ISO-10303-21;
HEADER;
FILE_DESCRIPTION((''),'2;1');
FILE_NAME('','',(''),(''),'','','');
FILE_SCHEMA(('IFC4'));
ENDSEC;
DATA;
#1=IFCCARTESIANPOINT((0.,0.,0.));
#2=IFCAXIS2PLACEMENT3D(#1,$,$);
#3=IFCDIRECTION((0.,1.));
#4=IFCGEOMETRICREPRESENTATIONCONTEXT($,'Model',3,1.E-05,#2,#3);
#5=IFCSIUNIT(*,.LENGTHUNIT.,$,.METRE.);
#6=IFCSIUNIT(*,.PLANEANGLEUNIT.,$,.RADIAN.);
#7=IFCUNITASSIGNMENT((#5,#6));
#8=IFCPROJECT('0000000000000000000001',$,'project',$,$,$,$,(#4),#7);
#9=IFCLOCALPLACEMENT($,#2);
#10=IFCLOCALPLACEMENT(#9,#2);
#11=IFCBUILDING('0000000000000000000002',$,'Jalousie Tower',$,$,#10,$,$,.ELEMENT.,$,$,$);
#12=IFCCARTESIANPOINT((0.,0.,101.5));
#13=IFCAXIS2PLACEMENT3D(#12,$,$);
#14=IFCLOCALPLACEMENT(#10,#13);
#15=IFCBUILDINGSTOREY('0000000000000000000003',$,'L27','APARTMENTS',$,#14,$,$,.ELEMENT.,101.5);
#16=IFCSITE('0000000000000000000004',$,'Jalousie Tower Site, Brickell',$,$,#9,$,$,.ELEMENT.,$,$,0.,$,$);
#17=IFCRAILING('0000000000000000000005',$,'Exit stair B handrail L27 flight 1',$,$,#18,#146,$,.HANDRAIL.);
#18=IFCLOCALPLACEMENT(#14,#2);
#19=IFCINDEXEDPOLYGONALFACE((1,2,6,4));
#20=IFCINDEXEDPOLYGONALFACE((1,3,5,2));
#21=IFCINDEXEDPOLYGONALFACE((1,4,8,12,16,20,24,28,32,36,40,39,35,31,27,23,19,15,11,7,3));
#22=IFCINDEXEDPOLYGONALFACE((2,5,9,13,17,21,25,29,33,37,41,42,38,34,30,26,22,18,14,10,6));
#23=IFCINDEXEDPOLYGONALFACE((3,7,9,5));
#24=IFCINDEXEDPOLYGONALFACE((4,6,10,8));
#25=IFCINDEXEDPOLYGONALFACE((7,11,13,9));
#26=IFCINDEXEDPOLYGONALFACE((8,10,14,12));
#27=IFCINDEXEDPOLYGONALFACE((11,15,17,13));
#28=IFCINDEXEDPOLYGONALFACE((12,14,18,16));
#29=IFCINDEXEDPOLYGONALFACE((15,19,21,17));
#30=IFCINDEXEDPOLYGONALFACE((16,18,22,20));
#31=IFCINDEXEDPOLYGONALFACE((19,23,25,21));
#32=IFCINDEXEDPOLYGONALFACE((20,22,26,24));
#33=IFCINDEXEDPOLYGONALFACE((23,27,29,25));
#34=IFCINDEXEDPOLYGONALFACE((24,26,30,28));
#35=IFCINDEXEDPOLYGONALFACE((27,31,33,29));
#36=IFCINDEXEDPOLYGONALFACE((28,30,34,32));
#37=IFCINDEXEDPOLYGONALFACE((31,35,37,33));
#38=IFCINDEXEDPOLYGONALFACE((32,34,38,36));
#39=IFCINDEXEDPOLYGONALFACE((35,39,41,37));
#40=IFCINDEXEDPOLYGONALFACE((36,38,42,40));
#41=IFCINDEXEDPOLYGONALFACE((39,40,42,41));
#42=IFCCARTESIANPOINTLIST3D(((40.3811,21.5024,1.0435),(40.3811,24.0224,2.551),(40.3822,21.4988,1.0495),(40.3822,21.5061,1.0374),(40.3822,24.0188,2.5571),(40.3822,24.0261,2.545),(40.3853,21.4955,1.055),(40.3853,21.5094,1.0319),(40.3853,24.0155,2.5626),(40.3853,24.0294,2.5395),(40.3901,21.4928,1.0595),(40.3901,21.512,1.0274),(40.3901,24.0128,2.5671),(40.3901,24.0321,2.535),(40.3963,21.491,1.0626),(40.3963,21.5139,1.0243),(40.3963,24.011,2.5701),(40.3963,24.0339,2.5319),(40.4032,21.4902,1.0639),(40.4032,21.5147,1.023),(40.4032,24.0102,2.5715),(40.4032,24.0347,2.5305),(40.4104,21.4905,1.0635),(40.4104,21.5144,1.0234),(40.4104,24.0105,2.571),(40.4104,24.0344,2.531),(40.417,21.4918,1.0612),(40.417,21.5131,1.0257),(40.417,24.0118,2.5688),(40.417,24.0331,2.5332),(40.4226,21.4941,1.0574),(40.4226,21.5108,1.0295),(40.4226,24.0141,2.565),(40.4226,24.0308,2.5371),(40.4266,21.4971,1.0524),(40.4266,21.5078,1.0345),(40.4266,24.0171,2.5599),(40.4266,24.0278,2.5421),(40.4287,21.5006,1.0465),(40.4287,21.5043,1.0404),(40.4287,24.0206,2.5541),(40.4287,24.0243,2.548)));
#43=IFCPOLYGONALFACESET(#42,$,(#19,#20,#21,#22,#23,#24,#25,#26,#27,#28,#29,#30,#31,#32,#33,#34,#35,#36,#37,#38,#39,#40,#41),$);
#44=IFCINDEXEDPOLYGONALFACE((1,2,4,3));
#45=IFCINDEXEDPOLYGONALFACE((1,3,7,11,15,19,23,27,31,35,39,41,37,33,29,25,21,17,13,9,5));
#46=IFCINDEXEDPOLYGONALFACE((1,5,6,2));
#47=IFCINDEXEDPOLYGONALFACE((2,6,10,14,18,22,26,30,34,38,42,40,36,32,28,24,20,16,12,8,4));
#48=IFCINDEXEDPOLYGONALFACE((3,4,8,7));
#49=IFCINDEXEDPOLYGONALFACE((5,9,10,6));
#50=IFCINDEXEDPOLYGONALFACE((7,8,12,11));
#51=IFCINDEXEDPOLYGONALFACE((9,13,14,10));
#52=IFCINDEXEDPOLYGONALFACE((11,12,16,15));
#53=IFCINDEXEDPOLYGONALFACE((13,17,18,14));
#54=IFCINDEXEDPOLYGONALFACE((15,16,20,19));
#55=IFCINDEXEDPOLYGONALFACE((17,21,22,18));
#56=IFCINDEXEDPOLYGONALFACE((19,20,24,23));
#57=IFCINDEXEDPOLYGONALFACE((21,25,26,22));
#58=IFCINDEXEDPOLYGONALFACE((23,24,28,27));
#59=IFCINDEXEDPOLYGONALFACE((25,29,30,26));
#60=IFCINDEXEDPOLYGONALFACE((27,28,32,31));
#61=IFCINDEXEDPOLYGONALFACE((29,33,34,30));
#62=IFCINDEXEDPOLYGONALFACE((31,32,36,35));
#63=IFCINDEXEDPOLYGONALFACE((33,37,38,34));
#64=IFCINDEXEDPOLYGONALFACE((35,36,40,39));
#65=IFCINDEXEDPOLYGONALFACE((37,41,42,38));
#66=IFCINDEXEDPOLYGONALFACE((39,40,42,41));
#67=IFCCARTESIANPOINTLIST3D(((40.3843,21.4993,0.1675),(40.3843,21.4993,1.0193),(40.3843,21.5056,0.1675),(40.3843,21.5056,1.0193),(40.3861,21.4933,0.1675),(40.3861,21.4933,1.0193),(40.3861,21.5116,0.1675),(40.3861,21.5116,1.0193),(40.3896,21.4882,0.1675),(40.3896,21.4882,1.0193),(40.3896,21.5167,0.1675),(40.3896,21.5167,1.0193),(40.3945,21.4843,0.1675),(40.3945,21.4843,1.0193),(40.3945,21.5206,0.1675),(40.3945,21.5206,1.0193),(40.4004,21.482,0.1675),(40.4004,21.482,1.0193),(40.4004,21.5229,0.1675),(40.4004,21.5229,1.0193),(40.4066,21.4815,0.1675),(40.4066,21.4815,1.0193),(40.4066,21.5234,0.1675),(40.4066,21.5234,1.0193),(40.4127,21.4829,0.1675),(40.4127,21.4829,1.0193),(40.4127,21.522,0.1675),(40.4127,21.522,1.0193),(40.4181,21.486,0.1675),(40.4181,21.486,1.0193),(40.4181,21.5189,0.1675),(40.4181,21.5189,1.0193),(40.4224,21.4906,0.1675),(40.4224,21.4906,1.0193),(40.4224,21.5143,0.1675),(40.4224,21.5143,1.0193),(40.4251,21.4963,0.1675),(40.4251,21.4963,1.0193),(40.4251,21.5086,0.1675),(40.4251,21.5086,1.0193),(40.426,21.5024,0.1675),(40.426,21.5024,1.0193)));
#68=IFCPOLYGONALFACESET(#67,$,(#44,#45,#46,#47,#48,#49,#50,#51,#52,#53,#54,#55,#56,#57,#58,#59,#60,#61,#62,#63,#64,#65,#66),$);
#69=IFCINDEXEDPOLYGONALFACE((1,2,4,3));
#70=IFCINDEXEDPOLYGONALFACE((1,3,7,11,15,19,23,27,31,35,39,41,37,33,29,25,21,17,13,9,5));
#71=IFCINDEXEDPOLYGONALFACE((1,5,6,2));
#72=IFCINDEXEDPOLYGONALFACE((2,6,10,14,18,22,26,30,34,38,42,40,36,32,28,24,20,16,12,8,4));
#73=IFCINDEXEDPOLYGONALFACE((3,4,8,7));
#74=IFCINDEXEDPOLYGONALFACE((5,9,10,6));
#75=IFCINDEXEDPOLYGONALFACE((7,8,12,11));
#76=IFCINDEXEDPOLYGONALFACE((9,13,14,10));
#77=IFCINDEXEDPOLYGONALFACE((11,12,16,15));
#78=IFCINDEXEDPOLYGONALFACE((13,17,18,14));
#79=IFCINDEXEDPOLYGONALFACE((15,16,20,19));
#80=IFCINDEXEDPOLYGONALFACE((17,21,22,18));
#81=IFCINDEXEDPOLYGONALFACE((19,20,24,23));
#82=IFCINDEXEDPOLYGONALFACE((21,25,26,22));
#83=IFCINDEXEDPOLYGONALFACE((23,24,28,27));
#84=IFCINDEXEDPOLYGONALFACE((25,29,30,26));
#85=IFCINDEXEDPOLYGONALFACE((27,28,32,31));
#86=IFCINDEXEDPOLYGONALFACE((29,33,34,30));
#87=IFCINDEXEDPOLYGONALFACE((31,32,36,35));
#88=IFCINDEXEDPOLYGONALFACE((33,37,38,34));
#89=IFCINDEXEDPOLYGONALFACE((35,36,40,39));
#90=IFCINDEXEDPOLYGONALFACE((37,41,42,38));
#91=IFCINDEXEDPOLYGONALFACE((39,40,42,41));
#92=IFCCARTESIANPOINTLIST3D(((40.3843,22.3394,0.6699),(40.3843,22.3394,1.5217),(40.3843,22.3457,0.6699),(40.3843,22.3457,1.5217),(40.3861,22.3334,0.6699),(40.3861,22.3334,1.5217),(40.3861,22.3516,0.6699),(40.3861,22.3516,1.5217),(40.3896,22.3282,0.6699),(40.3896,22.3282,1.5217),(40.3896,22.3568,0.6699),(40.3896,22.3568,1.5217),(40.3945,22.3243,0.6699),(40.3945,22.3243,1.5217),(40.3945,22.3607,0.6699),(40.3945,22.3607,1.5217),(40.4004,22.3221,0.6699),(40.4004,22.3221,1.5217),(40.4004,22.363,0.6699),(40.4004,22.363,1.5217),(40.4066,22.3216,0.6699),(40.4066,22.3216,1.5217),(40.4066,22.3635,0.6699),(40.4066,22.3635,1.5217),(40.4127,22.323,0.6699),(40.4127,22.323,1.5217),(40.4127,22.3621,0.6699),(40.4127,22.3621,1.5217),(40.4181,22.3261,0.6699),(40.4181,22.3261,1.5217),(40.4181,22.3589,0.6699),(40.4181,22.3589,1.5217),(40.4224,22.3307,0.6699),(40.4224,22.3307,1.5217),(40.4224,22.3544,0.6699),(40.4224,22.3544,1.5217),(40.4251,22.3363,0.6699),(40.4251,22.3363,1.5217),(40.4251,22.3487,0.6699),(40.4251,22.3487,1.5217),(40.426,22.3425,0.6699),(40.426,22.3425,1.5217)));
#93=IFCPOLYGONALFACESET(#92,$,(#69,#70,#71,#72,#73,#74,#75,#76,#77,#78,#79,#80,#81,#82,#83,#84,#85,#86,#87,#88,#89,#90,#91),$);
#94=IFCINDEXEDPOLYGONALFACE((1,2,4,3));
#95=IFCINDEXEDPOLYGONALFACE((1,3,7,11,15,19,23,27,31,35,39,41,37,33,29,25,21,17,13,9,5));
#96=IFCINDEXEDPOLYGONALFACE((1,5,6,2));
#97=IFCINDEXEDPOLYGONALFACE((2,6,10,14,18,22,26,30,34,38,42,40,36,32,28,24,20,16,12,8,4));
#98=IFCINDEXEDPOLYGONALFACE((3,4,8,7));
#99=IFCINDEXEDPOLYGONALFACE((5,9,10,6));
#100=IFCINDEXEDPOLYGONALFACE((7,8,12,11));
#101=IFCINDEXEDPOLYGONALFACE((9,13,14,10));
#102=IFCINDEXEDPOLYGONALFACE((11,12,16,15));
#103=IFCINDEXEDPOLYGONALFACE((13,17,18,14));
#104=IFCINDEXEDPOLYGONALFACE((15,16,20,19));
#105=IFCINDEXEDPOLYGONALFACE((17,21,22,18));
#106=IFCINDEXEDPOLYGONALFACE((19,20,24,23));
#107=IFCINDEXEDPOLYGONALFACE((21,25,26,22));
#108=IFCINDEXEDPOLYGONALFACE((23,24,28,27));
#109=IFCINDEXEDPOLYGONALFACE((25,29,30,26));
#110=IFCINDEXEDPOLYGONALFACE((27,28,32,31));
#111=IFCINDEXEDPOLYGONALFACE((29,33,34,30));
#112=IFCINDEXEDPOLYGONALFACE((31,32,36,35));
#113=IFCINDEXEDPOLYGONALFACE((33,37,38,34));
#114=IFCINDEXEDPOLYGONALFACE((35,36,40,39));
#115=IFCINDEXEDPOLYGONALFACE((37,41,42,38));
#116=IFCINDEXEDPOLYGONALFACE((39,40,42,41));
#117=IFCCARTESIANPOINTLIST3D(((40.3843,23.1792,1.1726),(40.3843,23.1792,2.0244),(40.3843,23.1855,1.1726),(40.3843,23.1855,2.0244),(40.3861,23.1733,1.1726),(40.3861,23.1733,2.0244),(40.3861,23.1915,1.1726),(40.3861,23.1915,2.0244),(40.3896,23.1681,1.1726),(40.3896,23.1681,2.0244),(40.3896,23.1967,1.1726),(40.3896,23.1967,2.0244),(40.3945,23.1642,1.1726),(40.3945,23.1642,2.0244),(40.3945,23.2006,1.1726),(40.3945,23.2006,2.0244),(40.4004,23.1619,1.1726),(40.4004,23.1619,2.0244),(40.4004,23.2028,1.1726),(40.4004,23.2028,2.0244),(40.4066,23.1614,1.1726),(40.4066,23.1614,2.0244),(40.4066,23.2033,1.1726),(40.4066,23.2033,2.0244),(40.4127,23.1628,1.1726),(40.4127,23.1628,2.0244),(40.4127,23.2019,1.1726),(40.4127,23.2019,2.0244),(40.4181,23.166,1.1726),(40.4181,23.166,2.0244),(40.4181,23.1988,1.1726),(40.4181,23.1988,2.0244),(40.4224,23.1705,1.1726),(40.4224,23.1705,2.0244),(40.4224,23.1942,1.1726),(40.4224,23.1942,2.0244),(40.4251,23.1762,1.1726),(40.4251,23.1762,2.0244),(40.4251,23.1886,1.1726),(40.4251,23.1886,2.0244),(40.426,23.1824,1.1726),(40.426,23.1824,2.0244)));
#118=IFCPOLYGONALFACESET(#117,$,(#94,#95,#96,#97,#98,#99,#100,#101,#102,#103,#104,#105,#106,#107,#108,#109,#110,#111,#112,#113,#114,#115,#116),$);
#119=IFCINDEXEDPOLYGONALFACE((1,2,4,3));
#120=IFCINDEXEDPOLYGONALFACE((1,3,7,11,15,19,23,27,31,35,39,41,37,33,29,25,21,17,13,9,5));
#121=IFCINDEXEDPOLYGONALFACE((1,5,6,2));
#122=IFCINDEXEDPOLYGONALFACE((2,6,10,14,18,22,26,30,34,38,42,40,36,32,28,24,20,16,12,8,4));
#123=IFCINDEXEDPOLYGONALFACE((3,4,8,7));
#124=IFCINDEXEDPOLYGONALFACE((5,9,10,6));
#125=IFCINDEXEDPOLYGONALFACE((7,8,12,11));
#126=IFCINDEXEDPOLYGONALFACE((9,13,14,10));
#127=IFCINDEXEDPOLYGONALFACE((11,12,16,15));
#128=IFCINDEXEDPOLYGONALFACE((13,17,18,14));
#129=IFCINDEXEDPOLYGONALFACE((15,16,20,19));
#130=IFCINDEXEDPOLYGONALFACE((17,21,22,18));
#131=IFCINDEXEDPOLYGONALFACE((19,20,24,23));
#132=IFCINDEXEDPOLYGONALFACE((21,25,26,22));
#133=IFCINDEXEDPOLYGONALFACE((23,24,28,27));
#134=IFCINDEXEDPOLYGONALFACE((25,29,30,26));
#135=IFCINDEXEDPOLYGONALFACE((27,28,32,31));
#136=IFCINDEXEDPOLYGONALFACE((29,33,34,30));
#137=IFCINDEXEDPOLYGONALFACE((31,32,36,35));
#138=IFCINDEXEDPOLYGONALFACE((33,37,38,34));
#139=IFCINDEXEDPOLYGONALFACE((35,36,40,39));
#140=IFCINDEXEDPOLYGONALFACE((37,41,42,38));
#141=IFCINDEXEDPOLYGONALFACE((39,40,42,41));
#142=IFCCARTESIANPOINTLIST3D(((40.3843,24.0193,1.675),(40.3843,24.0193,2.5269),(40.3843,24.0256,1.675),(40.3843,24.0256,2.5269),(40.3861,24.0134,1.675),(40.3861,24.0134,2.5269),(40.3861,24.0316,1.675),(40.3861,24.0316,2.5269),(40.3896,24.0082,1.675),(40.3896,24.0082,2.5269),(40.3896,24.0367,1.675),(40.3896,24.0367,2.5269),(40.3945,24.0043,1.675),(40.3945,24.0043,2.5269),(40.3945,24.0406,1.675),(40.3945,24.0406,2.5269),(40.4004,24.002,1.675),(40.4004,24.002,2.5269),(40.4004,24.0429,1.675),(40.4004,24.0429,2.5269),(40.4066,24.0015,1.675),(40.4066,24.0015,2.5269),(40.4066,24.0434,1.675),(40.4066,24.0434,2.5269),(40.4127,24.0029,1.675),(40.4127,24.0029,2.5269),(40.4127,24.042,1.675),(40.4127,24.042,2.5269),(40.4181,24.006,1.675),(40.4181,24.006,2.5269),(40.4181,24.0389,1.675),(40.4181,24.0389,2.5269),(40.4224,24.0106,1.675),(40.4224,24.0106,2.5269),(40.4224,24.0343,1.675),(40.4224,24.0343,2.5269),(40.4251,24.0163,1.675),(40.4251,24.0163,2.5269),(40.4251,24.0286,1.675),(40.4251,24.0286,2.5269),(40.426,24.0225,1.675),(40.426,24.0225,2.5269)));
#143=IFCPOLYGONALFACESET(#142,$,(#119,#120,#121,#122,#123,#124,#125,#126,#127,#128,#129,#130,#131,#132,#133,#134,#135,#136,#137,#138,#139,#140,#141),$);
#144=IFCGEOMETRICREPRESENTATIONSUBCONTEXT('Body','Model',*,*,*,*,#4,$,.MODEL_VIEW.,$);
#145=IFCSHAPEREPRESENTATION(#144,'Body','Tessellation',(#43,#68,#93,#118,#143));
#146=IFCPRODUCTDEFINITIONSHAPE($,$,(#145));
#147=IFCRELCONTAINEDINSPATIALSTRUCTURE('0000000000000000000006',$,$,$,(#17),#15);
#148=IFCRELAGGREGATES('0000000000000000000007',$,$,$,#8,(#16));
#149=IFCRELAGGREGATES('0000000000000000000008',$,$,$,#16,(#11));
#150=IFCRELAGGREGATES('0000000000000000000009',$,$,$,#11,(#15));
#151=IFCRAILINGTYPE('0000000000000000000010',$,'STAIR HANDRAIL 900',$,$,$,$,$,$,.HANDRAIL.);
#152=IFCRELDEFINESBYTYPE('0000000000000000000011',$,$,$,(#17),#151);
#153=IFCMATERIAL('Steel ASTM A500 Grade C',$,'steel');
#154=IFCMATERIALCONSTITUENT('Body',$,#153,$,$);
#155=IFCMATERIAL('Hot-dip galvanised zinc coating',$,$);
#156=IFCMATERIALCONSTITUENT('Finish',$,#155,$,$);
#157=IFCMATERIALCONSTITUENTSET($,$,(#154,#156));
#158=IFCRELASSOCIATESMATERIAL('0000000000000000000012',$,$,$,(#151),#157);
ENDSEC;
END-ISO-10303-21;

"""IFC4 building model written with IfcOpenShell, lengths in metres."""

from ifc_helpers import new_model, si_unit, direction, frame, origin, origin_2d, place, context, subcontext, project, spatial, circle, extrude, material, constituent, constituent_set, type_object, element, save


model = new_model("IFC4")

# Units and contexts
model_context = context("Model", 3, precision=1e-05, world=origin(), true_north=direction((0.0, 1.0)))
body_context = subcontext(model_context, "Body", "Model", "MODEL_VIEW")
ifc_project = project(units=[si_unit("LENGTHUNIT", "METRE"), si_unit("PLANEANGLEUNIT", "RADIAN")], contexts=[model_context])

# Site, building, storey
site_placement = place(None, origin())
site = spatial("IfcSite", under=ifc_project, at=site_placement, Name="Jalousie Tower Site, Brickell", CompositionType="ELEMENT", RefElevation=0.0)
building_placement = place(site_placement, origin())
building = spatial("IfcBuilding", under=site, at=building_placement, Name="Jalousie Tower", CompositionType="ELEMENT")
storey_placement = place(building_placement, frame((0.0, 0.0, 101.5)))
storey = spatial("IfcBuildingStorey", under=building, at=storey_placement, Name="L27", Description="APARTMENTS", CompositionType="ELEMENT", Elevation=101.5)

# Railing
ifc_material_1 = material(Name="Steel ASTM A500 Grade C", Category="steel")
ifc_constituent_1 = constituent(ifc_material_1, Name="Body")
ifc_material_2 = material(Name="Hot-dip galvanised zinc coating")
ifc_constituent_2 = constituent(ifc_material_2, Name="Finish")
ifc_constituent_set_1 = constituent_set(constituents=[ifc_constituent_1, ifc_constituent_2])
railing_type = type_object("IfcRailingType", Name="STAIR HANDRAIL 900", PredefinedType="HANDRAIL", material=ifc_constituent_set_1)
railing_placement = place(storey_placement, frame((40.405, 21.5024, 0.1675)))
element("IfcRailing", 1, at=railing_placement, inside=storey, type_object=railing_type, Name="Exit stair B handrail L27 flight 1", PredefinedType="HANDRAIL", context=body_context, shape_type="SweptSolid", body=[
    extrude(circle(Radius=0.0239, at=origin_2d()), frame((0.0, 0.0, 0.876), z_axis=(0.0, 0.85816, 0.513383), x_axis=(-1.0, 0.0, 0.0)), (0.0, 0.0, 1.0), 2.9365),
    extrude(circle(Radius=0.021, at=origin_2d()), origin(), (0.0, 0.0, 1.0), 0.8518),
    extrude(circle(Radius=0.021, at=origin_2d()), frame((0.0, 0.8401, 0.5024)), (0.0, 0.0, 1.0), 0.8518),
    extrude(circle(Radius=0.021, at=origin_2d()), frame((0.0, 1.6799, 1.0051)), (0.0, 0.0, 1.0), 0.8518),
    extrude(circle(Radius=0.021, at=origin_2d()), frame((0.0, 2.52, 1.5076)), (0.0, 0.0, 1.0), 0.8518),
])

save(model, "model.ifc")
